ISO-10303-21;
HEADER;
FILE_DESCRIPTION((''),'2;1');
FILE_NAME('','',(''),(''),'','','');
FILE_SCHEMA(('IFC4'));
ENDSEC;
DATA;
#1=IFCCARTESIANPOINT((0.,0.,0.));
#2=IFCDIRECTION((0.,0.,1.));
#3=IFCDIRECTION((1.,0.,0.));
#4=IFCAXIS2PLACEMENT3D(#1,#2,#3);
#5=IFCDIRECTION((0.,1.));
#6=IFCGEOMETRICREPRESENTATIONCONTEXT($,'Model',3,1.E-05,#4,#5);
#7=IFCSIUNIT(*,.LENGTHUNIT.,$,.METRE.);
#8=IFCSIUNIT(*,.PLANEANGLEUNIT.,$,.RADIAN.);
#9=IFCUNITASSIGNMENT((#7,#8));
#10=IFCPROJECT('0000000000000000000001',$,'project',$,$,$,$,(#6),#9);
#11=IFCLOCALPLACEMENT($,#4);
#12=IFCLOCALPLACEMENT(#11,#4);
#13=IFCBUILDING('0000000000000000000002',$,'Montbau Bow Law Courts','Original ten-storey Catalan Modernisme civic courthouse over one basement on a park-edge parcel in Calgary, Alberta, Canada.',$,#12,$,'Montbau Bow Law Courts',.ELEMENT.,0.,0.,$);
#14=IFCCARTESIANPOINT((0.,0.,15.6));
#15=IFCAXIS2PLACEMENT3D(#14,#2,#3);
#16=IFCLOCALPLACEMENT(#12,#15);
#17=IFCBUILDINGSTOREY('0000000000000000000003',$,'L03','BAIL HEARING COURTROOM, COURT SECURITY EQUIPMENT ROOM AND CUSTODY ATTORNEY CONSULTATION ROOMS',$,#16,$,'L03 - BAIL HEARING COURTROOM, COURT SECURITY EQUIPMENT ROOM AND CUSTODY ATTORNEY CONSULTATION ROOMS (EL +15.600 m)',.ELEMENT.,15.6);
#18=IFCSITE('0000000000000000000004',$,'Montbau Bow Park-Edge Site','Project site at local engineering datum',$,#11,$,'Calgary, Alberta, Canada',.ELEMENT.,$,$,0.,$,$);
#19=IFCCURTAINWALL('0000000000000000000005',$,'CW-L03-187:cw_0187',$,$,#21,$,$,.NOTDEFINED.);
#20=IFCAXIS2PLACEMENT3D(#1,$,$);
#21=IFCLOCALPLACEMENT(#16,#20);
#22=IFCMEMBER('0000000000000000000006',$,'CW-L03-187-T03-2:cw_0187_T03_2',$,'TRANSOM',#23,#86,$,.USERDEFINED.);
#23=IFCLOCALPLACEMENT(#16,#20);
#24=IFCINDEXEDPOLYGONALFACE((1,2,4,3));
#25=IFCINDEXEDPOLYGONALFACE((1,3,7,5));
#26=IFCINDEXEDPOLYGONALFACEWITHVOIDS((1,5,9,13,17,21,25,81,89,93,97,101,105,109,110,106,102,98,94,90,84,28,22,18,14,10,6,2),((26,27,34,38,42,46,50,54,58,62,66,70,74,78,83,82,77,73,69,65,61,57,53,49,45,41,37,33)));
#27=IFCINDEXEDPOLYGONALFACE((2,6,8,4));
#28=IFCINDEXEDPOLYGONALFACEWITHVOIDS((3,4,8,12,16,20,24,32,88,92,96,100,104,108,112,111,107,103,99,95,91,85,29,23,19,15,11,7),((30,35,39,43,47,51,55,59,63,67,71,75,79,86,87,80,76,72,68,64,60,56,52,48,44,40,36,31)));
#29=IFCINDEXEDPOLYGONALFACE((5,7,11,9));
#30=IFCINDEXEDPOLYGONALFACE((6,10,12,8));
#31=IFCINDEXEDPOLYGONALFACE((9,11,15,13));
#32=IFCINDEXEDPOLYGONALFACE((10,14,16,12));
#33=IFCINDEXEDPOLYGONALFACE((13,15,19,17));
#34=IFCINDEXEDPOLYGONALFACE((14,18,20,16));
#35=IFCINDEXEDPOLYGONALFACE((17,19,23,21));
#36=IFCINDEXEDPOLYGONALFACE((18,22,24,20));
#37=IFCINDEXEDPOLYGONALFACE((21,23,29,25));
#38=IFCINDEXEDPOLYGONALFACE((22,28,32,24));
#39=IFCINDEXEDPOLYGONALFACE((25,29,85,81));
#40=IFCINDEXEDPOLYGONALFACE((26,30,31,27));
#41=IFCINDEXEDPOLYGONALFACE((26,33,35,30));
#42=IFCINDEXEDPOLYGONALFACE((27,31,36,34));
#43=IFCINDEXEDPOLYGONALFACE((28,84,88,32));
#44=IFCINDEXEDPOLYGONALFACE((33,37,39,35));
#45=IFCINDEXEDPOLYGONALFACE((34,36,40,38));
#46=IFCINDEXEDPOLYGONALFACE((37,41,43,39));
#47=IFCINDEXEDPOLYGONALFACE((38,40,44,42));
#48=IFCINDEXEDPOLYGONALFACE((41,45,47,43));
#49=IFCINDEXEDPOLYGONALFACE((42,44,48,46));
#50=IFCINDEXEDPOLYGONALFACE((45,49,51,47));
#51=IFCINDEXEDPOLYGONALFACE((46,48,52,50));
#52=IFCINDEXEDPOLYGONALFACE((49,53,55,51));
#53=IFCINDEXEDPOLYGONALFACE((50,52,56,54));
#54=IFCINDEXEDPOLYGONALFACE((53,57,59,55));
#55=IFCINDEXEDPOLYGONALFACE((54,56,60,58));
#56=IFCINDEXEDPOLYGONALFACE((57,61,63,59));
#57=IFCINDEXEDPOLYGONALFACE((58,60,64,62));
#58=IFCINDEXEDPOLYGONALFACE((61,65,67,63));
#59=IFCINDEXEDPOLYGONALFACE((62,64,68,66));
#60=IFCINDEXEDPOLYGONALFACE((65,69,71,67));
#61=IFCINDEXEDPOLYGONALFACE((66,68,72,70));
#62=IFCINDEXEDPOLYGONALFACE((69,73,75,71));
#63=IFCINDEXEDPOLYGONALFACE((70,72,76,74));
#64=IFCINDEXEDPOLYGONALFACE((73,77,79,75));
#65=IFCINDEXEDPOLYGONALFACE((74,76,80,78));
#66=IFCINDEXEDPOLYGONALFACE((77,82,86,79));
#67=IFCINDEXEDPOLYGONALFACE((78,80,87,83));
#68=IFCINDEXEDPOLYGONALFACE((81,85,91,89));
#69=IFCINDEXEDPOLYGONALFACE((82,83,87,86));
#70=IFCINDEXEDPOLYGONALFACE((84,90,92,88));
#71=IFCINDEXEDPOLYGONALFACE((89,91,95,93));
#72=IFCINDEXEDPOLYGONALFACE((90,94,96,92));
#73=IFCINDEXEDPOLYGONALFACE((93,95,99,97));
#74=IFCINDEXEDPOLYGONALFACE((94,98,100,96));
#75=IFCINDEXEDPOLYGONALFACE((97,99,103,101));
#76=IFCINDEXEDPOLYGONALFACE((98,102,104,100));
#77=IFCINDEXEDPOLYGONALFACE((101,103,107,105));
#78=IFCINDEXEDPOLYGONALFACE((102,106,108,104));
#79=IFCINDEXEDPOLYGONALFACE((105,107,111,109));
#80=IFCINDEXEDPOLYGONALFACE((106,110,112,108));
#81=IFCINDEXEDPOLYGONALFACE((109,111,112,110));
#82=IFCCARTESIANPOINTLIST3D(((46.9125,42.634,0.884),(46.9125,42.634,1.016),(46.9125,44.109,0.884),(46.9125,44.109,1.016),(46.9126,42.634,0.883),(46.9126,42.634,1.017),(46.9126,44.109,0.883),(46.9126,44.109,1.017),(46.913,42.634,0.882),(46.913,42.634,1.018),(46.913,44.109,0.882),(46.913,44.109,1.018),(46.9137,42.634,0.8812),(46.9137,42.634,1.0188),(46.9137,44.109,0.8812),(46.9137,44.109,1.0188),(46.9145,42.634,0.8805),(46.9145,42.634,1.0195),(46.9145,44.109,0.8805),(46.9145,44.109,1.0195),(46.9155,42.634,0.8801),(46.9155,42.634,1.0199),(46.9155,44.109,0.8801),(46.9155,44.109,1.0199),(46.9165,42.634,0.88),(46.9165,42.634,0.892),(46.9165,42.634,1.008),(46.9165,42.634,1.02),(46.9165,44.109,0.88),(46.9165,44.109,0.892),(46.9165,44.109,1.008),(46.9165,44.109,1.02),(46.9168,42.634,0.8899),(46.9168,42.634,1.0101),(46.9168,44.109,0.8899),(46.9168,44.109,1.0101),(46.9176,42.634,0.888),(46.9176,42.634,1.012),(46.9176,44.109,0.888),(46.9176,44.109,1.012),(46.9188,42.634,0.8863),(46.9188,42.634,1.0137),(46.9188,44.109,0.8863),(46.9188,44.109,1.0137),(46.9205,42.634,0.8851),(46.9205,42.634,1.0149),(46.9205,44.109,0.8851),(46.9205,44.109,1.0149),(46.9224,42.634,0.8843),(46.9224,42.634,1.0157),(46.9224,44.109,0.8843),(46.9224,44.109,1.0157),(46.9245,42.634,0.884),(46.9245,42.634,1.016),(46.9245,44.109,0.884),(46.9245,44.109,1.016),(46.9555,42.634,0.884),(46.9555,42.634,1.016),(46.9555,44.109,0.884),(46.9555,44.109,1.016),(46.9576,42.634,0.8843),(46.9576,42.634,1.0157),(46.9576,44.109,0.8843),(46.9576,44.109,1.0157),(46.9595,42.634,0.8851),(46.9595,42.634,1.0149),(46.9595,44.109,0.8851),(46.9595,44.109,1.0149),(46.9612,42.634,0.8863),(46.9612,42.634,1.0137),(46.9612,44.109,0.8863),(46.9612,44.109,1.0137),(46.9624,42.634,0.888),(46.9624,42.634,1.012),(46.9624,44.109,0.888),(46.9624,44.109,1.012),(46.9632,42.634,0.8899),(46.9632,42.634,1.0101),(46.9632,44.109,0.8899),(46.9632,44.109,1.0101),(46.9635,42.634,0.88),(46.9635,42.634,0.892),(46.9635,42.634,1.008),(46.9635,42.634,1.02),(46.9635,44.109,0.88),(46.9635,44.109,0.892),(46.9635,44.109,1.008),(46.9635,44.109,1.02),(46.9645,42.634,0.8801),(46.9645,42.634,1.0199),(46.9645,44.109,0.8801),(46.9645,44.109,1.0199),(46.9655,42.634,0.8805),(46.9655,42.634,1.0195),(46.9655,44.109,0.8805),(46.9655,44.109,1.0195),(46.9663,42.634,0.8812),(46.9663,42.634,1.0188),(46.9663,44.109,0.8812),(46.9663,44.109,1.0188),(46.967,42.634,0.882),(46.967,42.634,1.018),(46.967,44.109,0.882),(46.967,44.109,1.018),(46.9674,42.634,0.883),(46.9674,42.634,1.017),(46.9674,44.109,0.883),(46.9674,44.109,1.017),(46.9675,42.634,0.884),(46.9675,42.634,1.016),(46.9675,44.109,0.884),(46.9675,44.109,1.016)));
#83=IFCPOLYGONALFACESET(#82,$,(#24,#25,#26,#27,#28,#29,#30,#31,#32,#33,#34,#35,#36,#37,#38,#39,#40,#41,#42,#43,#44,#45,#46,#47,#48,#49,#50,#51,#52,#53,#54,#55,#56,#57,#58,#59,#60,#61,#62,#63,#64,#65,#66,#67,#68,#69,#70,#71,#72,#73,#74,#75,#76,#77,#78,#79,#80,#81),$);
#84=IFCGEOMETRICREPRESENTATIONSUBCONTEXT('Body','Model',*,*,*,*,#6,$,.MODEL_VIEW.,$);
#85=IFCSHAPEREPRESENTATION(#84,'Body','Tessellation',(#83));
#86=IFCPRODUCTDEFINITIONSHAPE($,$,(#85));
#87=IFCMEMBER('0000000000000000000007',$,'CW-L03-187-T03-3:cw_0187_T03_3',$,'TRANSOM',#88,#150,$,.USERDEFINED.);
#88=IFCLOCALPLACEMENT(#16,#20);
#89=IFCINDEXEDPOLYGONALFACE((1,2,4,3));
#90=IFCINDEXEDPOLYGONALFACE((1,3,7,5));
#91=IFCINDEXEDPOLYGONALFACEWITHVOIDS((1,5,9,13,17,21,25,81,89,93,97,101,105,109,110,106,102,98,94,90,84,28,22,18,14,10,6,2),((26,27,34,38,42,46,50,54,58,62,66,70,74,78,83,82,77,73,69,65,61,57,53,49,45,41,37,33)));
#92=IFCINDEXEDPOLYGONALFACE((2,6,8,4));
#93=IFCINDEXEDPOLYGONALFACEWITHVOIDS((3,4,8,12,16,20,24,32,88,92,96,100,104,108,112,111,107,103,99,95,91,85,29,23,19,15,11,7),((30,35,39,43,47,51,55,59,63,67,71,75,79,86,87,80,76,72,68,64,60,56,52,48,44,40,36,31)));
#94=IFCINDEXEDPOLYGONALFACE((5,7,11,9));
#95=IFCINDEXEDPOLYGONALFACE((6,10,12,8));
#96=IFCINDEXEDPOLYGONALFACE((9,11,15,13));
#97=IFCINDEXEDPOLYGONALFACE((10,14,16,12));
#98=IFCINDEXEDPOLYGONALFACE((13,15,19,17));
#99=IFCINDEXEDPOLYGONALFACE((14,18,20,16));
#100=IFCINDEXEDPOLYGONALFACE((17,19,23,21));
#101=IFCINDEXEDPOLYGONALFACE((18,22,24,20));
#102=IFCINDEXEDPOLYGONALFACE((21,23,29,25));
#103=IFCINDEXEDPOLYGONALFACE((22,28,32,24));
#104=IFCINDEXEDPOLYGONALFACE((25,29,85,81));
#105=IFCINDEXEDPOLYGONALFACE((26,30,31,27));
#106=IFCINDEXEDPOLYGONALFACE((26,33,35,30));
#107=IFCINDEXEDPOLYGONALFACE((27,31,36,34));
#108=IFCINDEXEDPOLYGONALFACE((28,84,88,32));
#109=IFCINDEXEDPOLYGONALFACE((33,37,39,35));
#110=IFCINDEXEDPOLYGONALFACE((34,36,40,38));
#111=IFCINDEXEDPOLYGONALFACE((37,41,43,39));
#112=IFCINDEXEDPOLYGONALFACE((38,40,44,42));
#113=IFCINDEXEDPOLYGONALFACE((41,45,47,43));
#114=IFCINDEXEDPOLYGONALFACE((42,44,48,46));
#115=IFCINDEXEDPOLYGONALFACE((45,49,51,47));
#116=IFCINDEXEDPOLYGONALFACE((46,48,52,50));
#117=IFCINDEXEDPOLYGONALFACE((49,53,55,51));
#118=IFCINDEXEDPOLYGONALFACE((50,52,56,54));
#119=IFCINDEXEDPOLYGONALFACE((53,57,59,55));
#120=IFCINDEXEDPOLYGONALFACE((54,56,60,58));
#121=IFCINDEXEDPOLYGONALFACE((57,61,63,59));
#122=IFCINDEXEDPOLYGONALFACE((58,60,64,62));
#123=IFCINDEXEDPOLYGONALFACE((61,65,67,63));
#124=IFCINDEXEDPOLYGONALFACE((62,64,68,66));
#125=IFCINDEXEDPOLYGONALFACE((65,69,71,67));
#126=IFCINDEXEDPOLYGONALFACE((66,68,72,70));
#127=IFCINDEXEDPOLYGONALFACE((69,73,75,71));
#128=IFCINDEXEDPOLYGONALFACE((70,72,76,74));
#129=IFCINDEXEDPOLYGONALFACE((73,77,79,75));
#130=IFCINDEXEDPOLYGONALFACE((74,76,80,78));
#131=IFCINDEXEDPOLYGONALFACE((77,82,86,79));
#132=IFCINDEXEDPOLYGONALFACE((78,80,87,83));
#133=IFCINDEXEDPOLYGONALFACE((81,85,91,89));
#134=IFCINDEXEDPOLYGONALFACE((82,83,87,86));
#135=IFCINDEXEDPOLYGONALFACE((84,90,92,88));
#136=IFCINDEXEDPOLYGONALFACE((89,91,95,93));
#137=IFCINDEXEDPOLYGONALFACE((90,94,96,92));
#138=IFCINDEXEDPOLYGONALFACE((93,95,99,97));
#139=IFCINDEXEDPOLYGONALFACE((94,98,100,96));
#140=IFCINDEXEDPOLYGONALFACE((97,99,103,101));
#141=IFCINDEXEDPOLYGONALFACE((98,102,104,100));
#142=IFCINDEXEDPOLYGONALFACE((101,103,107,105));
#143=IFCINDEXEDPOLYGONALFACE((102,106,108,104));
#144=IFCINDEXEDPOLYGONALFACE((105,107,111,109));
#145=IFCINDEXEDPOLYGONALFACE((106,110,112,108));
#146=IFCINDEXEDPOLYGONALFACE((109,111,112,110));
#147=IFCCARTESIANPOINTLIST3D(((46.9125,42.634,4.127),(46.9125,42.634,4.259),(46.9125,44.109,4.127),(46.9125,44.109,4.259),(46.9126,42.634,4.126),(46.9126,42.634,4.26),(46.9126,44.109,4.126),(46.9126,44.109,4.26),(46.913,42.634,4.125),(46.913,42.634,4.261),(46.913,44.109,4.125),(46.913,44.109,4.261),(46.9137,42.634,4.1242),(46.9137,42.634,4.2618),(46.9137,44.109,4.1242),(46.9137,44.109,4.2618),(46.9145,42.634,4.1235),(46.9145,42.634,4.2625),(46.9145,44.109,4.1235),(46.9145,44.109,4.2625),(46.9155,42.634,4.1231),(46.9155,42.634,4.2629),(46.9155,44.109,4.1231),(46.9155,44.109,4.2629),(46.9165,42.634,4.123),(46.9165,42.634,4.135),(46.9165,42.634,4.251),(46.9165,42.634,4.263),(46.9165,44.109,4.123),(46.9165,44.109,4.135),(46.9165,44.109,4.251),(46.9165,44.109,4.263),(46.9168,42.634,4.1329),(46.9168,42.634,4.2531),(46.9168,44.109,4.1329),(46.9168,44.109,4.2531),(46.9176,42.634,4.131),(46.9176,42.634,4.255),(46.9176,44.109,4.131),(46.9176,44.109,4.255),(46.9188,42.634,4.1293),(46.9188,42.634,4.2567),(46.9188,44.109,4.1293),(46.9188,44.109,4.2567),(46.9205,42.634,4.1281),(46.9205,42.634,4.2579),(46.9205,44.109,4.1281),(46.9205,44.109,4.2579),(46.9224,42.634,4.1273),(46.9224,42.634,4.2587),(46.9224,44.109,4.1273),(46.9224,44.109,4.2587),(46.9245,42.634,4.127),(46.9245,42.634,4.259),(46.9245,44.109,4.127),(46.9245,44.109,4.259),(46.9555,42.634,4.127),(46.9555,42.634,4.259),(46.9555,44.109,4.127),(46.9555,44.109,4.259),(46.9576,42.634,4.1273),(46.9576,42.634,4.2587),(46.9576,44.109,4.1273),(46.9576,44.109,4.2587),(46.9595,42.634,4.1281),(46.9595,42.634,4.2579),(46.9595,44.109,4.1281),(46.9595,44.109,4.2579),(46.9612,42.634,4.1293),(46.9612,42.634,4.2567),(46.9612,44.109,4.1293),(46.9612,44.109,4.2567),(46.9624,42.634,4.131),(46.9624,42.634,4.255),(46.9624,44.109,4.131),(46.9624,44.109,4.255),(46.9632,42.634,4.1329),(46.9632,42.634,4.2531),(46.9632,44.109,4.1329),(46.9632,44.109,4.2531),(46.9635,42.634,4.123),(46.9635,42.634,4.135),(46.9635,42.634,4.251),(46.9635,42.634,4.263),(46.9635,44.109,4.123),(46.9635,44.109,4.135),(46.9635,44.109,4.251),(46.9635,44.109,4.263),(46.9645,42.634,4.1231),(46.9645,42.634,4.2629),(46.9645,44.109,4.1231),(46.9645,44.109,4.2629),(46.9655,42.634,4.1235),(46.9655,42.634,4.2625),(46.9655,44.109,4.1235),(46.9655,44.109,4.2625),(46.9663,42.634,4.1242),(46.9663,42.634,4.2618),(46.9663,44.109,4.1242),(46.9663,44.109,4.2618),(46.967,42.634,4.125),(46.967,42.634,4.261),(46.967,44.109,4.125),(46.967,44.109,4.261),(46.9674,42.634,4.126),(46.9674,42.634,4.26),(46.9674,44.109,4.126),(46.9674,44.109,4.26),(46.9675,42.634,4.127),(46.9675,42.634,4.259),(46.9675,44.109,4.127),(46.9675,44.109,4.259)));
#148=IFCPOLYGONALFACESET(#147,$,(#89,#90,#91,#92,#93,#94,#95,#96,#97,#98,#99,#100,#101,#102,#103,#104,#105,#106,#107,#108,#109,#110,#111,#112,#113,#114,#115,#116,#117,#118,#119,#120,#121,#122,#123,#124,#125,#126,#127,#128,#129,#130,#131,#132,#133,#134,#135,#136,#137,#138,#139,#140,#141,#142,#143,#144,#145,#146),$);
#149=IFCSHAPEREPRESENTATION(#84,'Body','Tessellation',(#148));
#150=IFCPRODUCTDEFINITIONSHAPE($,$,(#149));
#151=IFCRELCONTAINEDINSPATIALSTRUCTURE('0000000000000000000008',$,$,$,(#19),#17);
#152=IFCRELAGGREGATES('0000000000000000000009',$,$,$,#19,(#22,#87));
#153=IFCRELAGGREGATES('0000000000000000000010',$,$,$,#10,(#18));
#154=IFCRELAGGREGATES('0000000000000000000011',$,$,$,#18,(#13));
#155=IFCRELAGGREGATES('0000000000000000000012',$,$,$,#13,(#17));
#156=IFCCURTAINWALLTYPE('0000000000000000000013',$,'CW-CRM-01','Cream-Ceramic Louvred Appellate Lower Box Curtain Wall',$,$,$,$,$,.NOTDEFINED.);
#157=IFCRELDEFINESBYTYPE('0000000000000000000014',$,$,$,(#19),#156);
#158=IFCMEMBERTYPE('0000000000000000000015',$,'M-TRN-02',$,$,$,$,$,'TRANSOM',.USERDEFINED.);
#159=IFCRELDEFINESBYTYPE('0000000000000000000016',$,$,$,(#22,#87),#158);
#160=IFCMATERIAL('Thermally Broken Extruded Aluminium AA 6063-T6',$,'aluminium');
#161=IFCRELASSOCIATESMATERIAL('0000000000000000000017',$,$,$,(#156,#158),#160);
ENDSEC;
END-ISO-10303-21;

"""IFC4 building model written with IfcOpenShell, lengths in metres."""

from ifc_helpers import new_model, si_unit, direction, frame, origin_with_axes, origin_2d_with_axis, place, context, subcontext, project, spatial, hollow_rectangle, extrude, material, material_profile, profile_set, type_object, element, aggregate, save


model = new_model("IFC4")

# Units and contexts
model_context = context("Model", 3, precision=1e-05, world=origin_with_axes(), true_north=direction((0.0, 1.0)))
body_context = subcontext(model_context, "Body", "Model", "MODEL_VIEW")
ifc_project = project(units=[si_unit("LENGTHUNIT", "METRE"), si_unit("PLANEANGLEUNIT", "RADIAN")], contexts=[model_context])

# Site, building, storey
site_placement = place(None, origin_with_axes())
site = spatial("IfcSite", under=ifc_project, at=site_placement, Name="Montbau Bow Park-Edge Site", Description="Project site at local engineering datum", LongName="Calgary, Alberta, Canada", CompositionType="ELEMENT", RefElevation=0.0)
building_placement = place(site_placement, origin_with_axes())
building = spatial("IfcBuilding", under=site, at=building_placement, Name="Montbau Bow Law Courts", Description="Original ten-storey Catalan Modernisme civic courthouse over one basement on a park-edge parcel in Calgary, Alberta, Canada.", LongName="Montbau Bow Law Courts", CompositionType="ELEMENT", ElevationOfRefHeight=0.0, ElevationOfTerrain=0.0)
storey_placement = place(building_placement, frame((0.0, 0.0, 15.6), z_axis=(0.0, 0.0, 1.0), x_axis=(1.0, 0.0, 0.0)))
storey = spatial("IfcBuildingStorey", under=building, at=storey_placement, Name="L03", Description="BAIL HEARING COURTROOM, COURT SECURITY EQUIPMENT ROOM AND CUSTODY ATTORNEY CONSULTATION ROOMS", LongName="L03 - BAIL HEARING COURTROOM, COURT SECURITY EQUIPMENT ROOM AND CUSTODY ATTORNEY CONSULTATION ROOMS (EL +15.600 m)", CompositionType="ELEMENT", Elevation=15.6)

# Curtain wall, members
ifc_material_1 = material(Name="Thermally Broken Extruded Aluminium AA 6063-T6", Category="aluminium")
curtain_wall_type_1 = type_object("IfcCurtainWallType", Name="CW-CRM-01", Description="Cream-Ceramic Louvred Appellate Lower Box Curtain Wall", PredefinedType="NOTDEFINED", material=ifc_material_1)
curtain_wall_1_placement = place(None, frame((46.94, 39.515, 15.6), z_axis=(0.0, 0.0, 1.0), x_axis=(1.0, 0.0, 0.0)))
curtain_wall_1 = element("IfcCurtainWall", 1, at=curtain_wall_1_placement, inside=storey, type_object=curtain_wall_type_1, Name="CW-L03-187:cw_0187", PredefinedType="NOTDEFINED")
ifc_material_profile_1 = material_profile(ifc_material_1, hollow_rectangle(XDim=0.055, YDim=0.14, WallThickness=0.004, InnerFilletRadius=0.008, OuterFilletRadius=0.004, at=origin_2d_with_axis()), Name="CWT-140X55", Category="Main", Priority=0)
ifc_profile_set_1 = profile_set([ifc_material_profile_1], Name="Thermally Broken Extruded Aluminium AA 6063-T6")
member_type_1 = type_object("IfcMemberType", Name="M-TRN-02", ElementType="TRANSOM", PredefinedType="USERDEFINED", material=ifc_profile_set_1)
member_1_placement = place(None, frame((46.94, 42.634, 16.55), z_axis=(0.0, 1.0, 0.0), x_axis=(-1.0, 0.0, 0.0)))
member_1 = element("IfcMember", 2, at=member_1_placement, type_object=member_type_1, Name="CW-L03-187-T03-2:cw_0187_T03_2", ObjectType="TRANSOM", PredefinedType="USERDEFINED", context=body_context, shape_type="SweptSolid", body=[
    extrude(hollow_rectangle(XDim=0.055, YDim=0.14, WallThickness=0.004, InnerFilletRadius=0.008, OuterFilletRadius=0.004, at=origin_2d_with_axis()), origin_with_axes(), (0.0, 0.0, 1.0), 1.475),
])
member_2_placement = place(None, frame((46.94, 42.634, 19.793), z_axis=(0.0, 1.0, 0.0), x_axis=(-1.0, 0.0, 0.0)))
member_2 = element("IfcMember", 3, at=member_2_placement, type_object=member_type_1, Name="CW-L03-187-T03-3:cw_0187_T03_3", ObjectType="TRANSOM", PredefinedType="USERDEFINED", context=body_context, shape_type="SweptSolid", body=[
    extrude(hollow_rectangle(XDim=0.055, YDim=0.14, WallThickness=0.004, InnerFilletRadius=0.008, OuterFilletRadius=0.004, at=origin_2d_with_axis()), origin_with_axes(), (0.0, 0.0, 1.0), 1.475),
])

aggregate(curtain_wall_1, [member_1, member_2])

save(model, "model.ifc")
